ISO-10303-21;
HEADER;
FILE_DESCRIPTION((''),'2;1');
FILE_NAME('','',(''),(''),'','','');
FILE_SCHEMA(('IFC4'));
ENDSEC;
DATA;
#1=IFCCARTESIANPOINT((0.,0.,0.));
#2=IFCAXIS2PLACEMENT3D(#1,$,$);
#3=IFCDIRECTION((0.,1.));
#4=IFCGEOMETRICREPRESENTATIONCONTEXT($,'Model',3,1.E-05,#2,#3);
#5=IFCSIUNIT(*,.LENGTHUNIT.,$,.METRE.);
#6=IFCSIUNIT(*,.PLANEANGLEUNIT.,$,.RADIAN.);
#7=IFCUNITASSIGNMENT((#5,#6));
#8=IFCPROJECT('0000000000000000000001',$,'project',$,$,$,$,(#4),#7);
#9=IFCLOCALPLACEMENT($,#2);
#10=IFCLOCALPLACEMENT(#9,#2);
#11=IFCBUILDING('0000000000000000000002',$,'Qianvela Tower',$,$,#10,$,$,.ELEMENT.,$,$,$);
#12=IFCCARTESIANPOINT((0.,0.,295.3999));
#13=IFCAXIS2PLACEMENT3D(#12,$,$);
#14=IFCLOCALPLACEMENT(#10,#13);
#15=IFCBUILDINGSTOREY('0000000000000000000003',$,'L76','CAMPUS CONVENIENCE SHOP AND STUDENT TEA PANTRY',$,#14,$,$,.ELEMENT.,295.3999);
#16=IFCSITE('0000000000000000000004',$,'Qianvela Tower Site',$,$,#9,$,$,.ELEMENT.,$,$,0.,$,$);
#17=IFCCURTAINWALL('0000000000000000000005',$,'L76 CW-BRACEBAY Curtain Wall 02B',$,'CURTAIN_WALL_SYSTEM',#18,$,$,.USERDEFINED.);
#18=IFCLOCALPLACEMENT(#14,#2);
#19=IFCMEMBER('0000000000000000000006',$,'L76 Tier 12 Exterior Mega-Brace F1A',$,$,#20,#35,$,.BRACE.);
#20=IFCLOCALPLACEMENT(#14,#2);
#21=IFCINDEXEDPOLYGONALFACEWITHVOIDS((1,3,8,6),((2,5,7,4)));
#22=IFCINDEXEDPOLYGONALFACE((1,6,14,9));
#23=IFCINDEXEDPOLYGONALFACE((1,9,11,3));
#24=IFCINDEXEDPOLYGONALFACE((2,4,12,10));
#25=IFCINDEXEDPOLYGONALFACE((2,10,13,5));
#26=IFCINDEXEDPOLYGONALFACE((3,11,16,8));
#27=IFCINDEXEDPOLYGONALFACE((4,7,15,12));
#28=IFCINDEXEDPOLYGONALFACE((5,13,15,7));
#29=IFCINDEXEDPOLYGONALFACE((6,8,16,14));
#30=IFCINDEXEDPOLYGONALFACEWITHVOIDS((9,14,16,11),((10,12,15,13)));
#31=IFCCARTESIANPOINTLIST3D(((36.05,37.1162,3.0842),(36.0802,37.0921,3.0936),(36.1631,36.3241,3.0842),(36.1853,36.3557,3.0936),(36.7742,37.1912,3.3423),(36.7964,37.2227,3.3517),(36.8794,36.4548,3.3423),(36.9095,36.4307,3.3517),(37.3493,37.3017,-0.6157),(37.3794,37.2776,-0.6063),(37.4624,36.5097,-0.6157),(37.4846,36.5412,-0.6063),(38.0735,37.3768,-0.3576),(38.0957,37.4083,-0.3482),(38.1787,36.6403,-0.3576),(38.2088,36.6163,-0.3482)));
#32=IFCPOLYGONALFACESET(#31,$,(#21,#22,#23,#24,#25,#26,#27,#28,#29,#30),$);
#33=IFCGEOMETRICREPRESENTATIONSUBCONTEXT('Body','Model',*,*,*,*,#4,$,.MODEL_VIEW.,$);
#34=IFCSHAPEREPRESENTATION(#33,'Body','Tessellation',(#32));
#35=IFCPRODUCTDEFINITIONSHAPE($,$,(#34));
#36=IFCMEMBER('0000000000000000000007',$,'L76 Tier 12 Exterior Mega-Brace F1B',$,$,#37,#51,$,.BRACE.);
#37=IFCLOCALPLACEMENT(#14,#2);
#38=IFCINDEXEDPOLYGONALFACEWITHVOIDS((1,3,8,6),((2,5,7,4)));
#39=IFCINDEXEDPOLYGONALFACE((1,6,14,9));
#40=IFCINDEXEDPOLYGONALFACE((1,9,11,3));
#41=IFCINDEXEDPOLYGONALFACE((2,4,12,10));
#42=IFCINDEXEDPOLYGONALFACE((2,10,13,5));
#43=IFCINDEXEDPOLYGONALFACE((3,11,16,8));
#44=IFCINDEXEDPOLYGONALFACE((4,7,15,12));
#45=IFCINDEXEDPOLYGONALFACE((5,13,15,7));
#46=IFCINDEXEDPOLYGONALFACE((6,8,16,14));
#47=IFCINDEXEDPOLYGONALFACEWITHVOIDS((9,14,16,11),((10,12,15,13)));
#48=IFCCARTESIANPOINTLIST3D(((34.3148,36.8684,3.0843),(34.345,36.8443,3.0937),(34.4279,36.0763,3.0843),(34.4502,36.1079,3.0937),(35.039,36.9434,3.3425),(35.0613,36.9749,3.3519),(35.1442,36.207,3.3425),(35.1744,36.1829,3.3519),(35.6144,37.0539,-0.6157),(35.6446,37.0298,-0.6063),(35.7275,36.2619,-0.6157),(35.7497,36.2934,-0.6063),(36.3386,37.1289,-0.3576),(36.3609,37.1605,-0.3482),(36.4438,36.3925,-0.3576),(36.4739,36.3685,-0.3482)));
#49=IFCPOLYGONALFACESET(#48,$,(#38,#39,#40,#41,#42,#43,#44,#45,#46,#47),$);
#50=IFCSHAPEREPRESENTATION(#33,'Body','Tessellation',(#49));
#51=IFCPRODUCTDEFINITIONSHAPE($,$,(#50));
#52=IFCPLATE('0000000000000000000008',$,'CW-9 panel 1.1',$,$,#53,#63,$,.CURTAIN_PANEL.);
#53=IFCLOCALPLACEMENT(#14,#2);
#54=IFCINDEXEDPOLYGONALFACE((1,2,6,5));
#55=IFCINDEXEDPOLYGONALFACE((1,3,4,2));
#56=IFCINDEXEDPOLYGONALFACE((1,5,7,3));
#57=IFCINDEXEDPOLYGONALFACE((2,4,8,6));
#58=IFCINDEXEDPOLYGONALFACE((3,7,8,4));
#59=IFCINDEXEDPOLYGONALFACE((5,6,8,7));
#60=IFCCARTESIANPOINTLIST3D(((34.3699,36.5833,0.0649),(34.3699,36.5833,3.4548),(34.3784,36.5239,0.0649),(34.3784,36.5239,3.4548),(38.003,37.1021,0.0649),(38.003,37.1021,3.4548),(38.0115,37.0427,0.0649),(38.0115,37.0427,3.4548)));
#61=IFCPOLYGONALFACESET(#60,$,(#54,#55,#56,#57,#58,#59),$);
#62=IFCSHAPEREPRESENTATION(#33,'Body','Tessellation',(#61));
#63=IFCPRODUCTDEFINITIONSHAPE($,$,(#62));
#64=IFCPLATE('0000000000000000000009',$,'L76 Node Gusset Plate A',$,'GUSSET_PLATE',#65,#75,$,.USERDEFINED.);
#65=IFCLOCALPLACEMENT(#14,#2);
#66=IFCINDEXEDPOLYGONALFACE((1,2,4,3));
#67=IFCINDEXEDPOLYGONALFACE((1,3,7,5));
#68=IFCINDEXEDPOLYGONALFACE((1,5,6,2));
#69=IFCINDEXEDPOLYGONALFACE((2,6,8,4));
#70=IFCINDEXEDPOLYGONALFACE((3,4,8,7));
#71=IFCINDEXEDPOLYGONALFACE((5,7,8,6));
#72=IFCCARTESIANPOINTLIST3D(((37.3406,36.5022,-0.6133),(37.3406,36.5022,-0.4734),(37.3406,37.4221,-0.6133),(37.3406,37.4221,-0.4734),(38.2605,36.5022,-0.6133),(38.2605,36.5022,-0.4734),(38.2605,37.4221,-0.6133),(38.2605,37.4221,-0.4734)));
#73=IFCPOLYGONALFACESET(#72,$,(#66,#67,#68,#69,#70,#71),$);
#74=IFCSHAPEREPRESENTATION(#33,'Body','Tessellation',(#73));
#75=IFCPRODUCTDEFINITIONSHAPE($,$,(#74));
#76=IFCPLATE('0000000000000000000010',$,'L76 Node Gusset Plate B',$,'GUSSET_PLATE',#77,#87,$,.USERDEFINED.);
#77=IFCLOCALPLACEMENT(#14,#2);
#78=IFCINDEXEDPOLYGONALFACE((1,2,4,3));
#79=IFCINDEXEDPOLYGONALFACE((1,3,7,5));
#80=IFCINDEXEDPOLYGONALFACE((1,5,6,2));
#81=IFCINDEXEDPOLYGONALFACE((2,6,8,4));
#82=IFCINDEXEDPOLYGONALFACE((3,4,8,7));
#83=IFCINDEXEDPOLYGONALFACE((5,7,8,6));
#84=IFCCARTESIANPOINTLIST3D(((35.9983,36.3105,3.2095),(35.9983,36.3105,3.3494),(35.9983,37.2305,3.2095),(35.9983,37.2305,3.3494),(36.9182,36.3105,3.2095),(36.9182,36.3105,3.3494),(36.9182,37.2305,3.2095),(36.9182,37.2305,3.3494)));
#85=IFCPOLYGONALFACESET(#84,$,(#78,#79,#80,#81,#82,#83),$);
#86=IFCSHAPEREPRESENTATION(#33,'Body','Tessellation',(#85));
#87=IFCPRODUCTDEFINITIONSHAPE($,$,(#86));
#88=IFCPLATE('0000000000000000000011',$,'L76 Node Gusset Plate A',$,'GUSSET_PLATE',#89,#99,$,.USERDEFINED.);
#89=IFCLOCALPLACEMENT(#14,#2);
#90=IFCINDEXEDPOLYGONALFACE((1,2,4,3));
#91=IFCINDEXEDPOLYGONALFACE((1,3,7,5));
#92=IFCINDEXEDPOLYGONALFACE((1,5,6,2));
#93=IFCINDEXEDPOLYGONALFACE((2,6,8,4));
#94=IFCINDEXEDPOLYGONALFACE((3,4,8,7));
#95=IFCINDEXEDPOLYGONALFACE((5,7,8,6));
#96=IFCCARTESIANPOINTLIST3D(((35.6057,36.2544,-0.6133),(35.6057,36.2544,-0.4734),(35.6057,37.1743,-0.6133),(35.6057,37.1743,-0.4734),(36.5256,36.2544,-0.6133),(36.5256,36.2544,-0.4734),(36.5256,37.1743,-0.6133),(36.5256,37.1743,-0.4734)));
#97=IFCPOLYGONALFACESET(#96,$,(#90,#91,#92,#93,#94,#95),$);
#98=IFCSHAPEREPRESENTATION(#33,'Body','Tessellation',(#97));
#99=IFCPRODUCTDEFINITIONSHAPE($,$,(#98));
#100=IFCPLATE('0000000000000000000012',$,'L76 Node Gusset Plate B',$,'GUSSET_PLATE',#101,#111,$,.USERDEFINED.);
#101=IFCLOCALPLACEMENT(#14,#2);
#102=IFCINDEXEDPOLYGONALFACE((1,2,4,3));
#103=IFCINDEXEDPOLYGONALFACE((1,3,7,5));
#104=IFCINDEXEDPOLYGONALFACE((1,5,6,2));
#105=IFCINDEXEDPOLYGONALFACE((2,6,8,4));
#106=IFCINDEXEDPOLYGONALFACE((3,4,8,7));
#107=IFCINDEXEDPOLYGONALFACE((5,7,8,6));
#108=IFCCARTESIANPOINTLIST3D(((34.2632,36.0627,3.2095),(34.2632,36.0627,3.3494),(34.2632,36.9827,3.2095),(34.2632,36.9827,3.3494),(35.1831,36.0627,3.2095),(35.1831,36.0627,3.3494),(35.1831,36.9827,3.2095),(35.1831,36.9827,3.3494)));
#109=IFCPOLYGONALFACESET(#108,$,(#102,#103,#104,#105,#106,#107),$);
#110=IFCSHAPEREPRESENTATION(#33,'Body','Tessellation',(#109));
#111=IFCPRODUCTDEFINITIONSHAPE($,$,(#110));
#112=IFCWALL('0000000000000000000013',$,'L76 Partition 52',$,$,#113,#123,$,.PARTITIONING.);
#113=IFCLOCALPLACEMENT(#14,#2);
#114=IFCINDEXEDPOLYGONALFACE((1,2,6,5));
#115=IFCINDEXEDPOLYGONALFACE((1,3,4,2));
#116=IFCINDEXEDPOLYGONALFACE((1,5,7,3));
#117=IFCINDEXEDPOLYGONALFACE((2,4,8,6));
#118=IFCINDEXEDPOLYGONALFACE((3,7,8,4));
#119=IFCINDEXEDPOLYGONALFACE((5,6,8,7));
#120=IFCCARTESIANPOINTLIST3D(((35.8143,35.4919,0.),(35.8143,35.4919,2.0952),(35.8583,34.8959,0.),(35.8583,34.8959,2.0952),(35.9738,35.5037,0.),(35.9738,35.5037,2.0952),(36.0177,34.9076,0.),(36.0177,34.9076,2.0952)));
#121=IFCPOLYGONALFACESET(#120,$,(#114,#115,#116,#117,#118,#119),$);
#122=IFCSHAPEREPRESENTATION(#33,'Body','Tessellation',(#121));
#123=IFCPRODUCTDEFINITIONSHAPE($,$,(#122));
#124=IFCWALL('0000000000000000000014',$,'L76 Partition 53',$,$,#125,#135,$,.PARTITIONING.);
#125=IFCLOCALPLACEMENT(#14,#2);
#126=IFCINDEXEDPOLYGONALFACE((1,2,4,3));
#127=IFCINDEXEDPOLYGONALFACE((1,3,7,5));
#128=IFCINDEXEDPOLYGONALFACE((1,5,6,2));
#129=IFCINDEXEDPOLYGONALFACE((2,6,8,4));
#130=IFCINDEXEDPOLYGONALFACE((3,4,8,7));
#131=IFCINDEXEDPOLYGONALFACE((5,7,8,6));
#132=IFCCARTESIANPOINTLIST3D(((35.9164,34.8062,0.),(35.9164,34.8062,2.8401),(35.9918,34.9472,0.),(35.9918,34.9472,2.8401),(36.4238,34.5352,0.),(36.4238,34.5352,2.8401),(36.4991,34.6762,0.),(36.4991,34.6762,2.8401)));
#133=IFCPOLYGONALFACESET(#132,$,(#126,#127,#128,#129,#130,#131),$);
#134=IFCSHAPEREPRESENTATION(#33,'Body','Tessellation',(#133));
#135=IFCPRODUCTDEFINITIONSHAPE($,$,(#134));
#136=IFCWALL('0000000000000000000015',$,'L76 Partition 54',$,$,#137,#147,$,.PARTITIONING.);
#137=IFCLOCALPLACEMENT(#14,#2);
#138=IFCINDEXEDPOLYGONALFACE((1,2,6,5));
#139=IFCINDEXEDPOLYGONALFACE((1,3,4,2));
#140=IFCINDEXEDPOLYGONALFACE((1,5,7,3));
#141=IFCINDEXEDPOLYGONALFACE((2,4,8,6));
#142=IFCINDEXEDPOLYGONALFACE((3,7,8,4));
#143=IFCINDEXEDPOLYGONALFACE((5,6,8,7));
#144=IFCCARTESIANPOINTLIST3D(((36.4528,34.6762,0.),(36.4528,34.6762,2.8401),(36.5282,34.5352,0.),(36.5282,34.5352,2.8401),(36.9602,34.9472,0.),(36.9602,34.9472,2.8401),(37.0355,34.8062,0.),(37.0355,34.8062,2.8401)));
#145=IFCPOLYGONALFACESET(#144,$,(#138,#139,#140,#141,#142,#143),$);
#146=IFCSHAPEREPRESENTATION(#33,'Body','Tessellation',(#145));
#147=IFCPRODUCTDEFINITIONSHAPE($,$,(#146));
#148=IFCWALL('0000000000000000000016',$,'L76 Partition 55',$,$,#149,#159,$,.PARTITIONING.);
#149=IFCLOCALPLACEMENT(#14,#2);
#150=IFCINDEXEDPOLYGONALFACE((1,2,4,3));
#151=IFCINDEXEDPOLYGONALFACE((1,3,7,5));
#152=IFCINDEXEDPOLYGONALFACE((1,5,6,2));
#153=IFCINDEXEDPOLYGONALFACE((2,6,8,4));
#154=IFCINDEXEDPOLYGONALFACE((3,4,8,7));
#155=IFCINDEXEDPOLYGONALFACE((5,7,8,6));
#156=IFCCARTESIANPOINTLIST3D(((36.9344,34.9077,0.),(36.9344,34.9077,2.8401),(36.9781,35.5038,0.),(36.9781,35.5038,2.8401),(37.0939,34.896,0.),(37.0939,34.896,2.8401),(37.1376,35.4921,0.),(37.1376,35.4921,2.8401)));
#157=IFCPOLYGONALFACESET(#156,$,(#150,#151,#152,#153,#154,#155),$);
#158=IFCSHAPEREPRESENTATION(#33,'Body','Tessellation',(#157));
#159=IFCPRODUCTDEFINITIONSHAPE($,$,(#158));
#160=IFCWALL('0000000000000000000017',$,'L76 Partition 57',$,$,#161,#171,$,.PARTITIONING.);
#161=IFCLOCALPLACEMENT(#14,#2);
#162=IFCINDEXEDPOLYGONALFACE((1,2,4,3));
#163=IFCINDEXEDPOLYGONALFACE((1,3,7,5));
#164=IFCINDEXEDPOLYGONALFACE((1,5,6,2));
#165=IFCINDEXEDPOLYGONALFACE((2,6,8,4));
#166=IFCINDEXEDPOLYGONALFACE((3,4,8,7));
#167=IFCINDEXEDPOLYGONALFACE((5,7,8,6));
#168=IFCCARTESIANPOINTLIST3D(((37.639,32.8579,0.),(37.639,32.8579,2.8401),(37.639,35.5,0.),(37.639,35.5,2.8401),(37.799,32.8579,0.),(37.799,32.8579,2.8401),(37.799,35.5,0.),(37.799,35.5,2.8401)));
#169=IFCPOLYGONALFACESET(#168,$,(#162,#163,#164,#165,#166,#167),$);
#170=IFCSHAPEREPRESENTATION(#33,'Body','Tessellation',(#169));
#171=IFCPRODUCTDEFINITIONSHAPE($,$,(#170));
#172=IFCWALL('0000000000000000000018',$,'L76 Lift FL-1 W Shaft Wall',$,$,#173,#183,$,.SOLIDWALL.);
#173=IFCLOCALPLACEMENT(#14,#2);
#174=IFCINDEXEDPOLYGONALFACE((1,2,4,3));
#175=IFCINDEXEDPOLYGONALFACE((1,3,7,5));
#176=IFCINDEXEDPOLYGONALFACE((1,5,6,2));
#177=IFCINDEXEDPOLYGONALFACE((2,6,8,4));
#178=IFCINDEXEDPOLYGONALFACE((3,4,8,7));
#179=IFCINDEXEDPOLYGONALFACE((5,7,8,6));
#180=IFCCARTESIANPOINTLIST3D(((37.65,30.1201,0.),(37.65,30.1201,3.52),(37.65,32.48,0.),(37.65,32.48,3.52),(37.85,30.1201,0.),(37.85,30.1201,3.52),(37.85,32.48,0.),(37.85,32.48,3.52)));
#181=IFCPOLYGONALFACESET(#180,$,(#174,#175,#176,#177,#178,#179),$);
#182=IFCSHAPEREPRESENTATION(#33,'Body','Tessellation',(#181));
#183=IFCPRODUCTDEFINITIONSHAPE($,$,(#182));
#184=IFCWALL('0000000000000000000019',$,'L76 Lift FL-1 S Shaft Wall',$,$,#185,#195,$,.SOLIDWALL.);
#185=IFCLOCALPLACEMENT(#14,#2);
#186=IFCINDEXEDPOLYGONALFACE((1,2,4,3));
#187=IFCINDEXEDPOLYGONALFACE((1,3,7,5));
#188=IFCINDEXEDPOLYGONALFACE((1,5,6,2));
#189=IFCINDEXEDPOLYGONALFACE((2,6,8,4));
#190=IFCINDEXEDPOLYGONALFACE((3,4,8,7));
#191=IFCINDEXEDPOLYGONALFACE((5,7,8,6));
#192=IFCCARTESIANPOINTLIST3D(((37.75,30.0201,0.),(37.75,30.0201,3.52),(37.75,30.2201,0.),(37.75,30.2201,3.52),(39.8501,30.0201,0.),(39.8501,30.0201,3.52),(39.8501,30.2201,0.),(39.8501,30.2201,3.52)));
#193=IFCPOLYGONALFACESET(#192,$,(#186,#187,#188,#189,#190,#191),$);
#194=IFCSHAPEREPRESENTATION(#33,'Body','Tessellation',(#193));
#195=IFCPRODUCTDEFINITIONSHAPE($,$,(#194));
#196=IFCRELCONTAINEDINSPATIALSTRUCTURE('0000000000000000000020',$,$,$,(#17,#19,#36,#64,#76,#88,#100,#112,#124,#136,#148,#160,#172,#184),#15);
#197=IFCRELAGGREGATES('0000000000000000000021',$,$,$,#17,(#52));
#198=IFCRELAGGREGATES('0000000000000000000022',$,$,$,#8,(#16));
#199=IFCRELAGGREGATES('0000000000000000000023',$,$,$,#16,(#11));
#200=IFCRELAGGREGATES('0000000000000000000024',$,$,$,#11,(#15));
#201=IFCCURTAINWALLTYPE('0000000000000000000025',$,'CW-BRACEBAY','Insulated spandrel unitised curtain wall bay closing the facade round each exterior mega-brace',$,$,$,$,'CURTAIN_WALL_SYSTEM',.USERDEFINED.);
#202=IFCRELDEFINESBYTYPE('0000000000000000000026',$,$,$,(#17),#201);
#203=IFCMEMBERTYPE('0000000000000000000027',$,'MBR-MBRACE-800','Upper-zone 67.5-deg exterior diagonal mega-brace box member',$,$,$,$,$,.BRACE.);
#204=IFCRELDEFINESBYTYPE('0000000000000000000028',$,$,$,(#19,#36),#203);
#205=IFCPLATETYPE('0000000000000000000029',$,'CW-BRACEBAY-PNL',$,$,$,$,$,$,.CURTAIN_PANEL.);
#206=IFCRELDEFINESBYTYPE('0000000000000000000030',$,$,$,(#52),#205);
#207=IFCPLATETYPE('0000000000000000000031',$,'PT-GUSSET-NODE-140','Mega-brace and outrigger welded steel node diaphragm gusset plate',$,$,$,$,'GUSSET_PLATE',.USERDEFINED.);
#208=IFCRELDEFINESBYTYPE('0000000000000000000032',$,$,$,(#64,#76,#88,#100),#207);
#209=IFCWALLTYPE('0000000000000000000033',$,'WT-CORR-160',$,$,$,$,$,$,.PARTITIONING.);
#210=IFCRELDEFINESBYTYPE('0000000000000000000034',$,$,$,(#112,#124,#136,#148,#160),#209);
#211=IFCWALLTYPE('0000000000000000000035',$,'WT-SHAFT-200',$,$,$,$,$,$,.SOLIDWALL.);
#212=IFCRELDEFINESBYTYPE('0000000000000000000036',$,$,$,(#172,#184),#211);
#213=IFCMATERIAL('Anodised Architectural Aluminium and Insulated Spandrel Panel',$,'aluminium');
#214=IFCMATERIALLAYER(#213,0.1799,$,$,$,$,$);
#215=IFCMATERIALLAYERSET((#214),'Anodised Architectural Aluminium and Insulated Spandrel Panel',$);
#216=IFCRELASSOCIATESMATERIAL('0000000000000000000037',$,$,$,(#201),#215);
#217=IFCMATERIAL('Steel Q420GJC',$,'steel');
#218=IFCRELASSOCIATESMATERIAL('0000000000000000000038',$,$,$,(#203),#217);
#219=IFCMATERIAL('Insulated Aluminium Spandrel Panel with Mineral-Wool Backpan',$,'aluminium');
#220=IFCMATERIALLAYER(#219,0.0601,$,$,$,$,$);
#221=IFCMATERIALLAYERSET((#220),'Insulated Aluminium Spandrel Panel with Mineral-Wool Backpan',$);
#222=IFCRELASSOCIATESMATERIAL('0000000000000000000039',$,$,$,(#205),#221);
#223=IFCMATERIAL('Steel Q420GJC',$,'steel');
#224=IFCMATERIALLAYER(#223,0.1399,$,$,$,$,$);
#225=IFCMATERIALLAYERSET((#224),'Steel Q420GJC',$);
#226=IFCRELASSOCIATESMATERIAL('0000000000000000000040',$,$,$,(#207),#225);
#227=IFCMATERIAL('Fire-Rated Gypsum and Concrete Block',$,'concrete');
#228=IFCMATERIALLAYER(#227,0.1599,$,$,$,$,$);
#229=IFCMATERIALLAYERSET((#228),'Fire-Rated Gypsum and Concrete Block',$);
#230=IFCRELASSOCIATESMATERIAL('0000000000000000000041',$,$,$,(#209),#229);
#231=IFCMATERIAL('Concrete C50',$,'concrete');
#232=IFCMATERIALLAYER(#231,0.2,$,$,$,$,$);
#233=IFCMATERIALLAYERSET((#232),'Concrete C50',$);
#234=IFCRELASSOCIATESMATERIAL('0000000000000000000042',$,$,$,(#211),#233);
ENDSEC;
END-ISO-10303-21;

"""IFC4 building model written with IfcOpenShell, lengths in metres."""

from ifc_helpers import new_model, si_unit, direction, frame, frame_2d, origin, origin_2d, place, context, subcontext, project, spatial, rectangle, hollow_rectangle, extrude, material, layer, layer_set, material_profile, profile_set, type_object, element, aggregate, save


model = new_model("IFC4")

# Units and contexts
model_context = context("Model", 3, precision=1e-05, world=origin(), true_north=direction((0.0, 1.0)))
body_context = subcontext(model_context, "Body", "Model", "MODEL_VIEW")
ifc_project = project(units=[si_unit("LENGTHUNIT", "METRE"), si_unit("PLANEANGLEUNIT", "RADIAN")], contexts=[model_context])

# Site, building, storey
site_placement = place(None, origin())
site = spatial("IfcSite", under=ifc_project, at=site_placement, Name="Qianvela Tower Site", CompositionType="ELEMENT", RefElevation=0.0)
building_placement = place(site_placement, origin())
building = spatial("IfcBuilding", under=site, at=building_placement, Name="Qianvela Tower", CompositionType="ELEMENT")
storey_placement = place(building_placement, frame((0.0, 0.0, 295.3999)))
storey = spatial("IfcBuildingStorey", under=building, at=storey_placement, Name="L76", Description="CAMPUS CONVENIENCE SHOP AND STUDENT TEA PANTRY", CompositionType="ELEMENT", Elevation=295.3999)

# Curtain wall
ifc_material_1 = material(Name="Anodised Architectural Aluminium and Insulated Spandrel Panel", Category="aluminium")
ifc_layer_1 = layer(ifc_material_1, 0.1799)
ifc_layer_set_1 = layer_set([ifc_layer_1], Name="Anodised Architectural Aluminium and Insulated Spandrel Panel")
curtain_wall_type_1 = type_object("IfcCurtainWallType", Name="CW-BRACEBAY", Description="Insulated spandrel unitised curtain wall bay closing the facade round each exterior mega-brace", ElementType="CURTAIN_WALL_SYSTEM", PredefinedType="USERDEFINED", material=ifc_layer_set_1)
curtain_wall_1_placement = place(storey_placement, origin())
curtain_wall_1 = element("IfcCurtainWall", 1, at=curtain_wall_1_placement, inside=storey, type_object=curtain_wall_type_1, Name="L76 CW-BRACEBAY Curtain Wall 02B", ObjectType="CURTAIN_WALL_SYSTEM", PredefinedType="USERDEFINED")

# Members
ifc_material_2 = material(Name="Steel Q420GJC", Category="steel")
ifc_material_profile_1 = material_profile(ifc_material_2, hollow_rectangle(XDim=0.8, YDim=0.8, WallThickness=0.0281, at=origin_2d()), Name="MBOX-800x800x28")
ifc_profile_set_1 = profile_set([ifc_material_profile_1], Name="Steel Q420GJC")
member_type_1 = type_object("IfcMemberType", Name="MBR-MBRACE-800", Description="Upper-zone 67.5-deg exterior diagonal mega-brace box member", PredefinedType="BRACE", material=ifc_profile_set_1)
member_1_placement = place(storey_placement, frame((37.7791, 36.959, -0.4819), z_axis=(-0.330964, -0.047263, 0.942459), x_axis=(0.141369, -0.989957, 0.0)))
element("IfcMember", 2, at=member_1_placement, inside=storey, type_object=member_type_1, Name="L76 Tier 12 Exterior Mega-Brace F1A", PredefinedType="BRACE", context=body_context, shape_type="SweptSolid", body=[
    extrude(hollow_rectangle(XDim=0.8, YDim=0.8, WallThickness=0.0281, at=origin_2d()), origin(), (0.0, 0.0, 1.0), 3.9258),
])
member_2_placement = place(storey_placement, frame((36.0442, 36.7112, -0.4819), z_axis=(-0.33102, -0.047262, 0.942439), x_axis=(0.141343, -0.989961, 0.0)))
element("IfcMember", 3, at=member_2_placement, inside=storey, type_object=member_type_1, Name="L76 Tier 12 Exterior Mega-Brace F1B", PredefinedType="BRACE", context=body_context, shape_type="SweptSolid", body=[
    extrude(hollow_rectangle(XDim=0.8, YDim=0.8, WallThickness=0.0281, at=origin_2d()), origin(), (0.0, 0.0, 1.0), 3.926),
])

# Plate
ifc_material_3 = material(Name="Insulated Aluminium Spandrel Panel with Mineral-Wool Backpan", Category="aluminium")
ifc_layer_2 = layer(ifc_material_3, 0.0601)
ifc_layer_set_2 = layer_set([ifc_layer_2], Name="Insulated Aluminium Spandrel Panel with Mineral-Wool Backpan")
plate_type_1 = type_object("IfcPlateType", Name="CW-BRACEBAY-PNL", PredefinedType="CURTAIN_PANEL", material=ifc_layer_set_2)
plate_placement = place(storey_placement, frame((36.1907, 36.813, 0.0649), z_axis=(0.0, 0.0, 1.0), x_axis=(-0.989957, -0.14137, 0.0)))
plate = element("IfcPlate", 4, at=plate_placement, type_object=plate_type_1, Name="CW-9 panel 1.1", PredefinedType="CURTAIN_PANEL", context=body_context, shape_type="SweptSolid", body=[
    extrude(rectangle(XDim=3.6699, YDim=0.0601, at=origin_2d()), origin(), (0.0, 0.0, 1.0), 3.3899),
])
aggregate(curtain_wall_1, [plate])

# Plates
ifc_material_4 = material(Name="Steel Q420GJC", Category="steel")
ifc_layer_3 = layer(ifc_material_4, 0.1399)
ifc_layer_set_3 = layer_set([ifc_layer_3], Name="Steel Q420GJC")
plate_type_2 = type_object("IfcPlateType", Name="PT-GUSSET-NODE-140", Description="Mega-brace and outrigger welded steel node diaphragm gusset plate", ElementType="GUSSET_PLATE", PredefinedType="USERDEFINED", material=ifc_layer_set_3)
for number, where, z_axis, x_axis, name in (
    (5, (37.8005, 36.9622, -0.6133), (0.0, 0.0, 1.0), (1.0, 0.0, 0.0), "L76 Node Gusset Plate A"),
    (6, (36.4583, 36.7705, 3.2095), (0.0, 0.0, 1.0), (1.0, 0.0, 0.0), "L76 Node Gusset Plate B"),
    (7, (36.0657, 36.7144, -0.6133), (0.0, 0.0, 1.0), (1.0, 0.0, 0.0), "L76 Node Gusset Plate A"),
    (8, (34.7231, 36.5227, 3.2095), (0.0, 0.0, 1.0), (1.0, 0.0, 0.0), "L76 Node Gusset Plate B"),
):
    element("IfcPlate", number, at=place(storey_placement, frame(where, z_axis=z_axis, x_axis=x_axis)), inside=storey, type_object=plate_type_2, Name=name, ObjectType="GUSSET_PLATE", PredefinedType="USERDEFINED", context=body_context, shape_type="SweptSolid", body=[
        extrude(rectangle(XDim=0.9199, YDim=0.9199, at=origin_2d()), origin(), (0.0, 0.0, 1.0), 0.1399),
    ])

# Walls
ifc_material_5 = material(Name="Fire-Rated Gypsum and Concrete Block", Category="concrete")
ifc_layer_4 = layer(ifc_material_5, 0.1599)
ifc_layer_set_4 = layer_set([ifc_layer_4], Name="Fire-Rated Gypsum and Concrete Block")
wall_type_1 = type_object("IfcWallType", Name="WT-CORR-160", PredefinedType="PARTITIONING", material=ifc_layer_set_4)
wall_1_placement = place(storey_placement, frame((35.894, 35.4978, 0.0), z_axis=(0.0, 0.0, 1.0), x_axis=(0.073541, -0.997292, 0.0)))
element("IfcWall", 9, at=wall_1_placement, inside=storey, type_object=wall_type_1, Name="L76 Partition 52", PredefinedType="PARTITIONING", context=body_context, shape_type="SweptSolid", body=[
    extrude(rectangle(XDim=0.5977, YDim=0.1599, at=frame_2d((0.2988, 0.0))), origin(), (0.0, 0.0, 1.0), 2.0952),
])
for number, where, z_axis, x_axis, name in (
    (10, (35.9541, 34.8767, 0.0), (0.0, 0.0, 1.0), (0.882047, -0.471161, 0.0), "L76 Partition 53"),
    (11, (36.4905, 34.6057, 0.0), (0.0, 0.0, 1.0), (0.882047, 0.471161, 0.0), "L76 Partition 54"),
):
    element("IfcWall", number, at=place(storey_placement, frame(where, z_axis=z_axis, x_axis=x_axis)), inside=storey, type_object=wall_type_1, Name=name, PredefinedType="PARTITIONING", context=body_context, shape_type="SweptSolid", body=[
        extrude(rectangle(XDim=0.5752, YDim=0.1599, at=frame_2d((0.2876, 0.0))), origin(), (0.0, 0.0, 1.0), 2.8401),
    ])
wall_2_placement = place(storey_placement, frame((37.0142, 34.9019, 0.0), z_axis=(0.0, 0.0, 1.0), x_axis=(0.073134, 0.997322, 0.0)))
element("IfcWall", 12, at=wall_2_placement, inside=storey, type_object=wall_type_1, Name="L76 Partition 55", PredefinedType="PARTITIONING", context=body_context, shape_type="SweptSolid", body=[
    extrude(rectangle(XDim=0.5977, YDim=0.1599, at=frame_2d((0.2988, 0.0))), origin(), (0.0, 0.0, 1.0), 2.8401),
])
wall_3_placement = place(storey_placement, frame((37.719, 35.5, 0.0), z_axis=(0.0, 0.0, 1.0), x_axis=(0.0, -1.0, 0.0)))
element("IfcWall", 13, at=wall_3_placement, inside=storey, type_object=wall_type_1, Name="L76 Partition 57", PredefinedType="PARTITIONING", context=body_context, shape_type="SweptSolid", body=[
    extrude(rectangle(XDim=2.6421, YDim=0.1599, at=frame_2d((1.321, 0.0))), origin(), (0.0, 0.0, 1.0), 2.8401),
])
ifc_material_6 = material(Name="Concrete C50", Category="concrete")
ifc_layer_5 = layer(ifc_material_6, 0.2)
ifc_layer_set_5 = layer_set([ifc_layer_5], Name="Concrete C50")
wall_type_2 = type_object("IfcWallType", Name="WT-SHAFT-200", PredefinedType="SOLIDWALL", material=ifc_layer_set_5)
wall_4_placement = place(storey_placement, frame((37.75, 30.1201, 0.0), z_axis=(0.0, 0.0, 1.0), x_axis=(0.0, 1.0, 0.0)))
element("IfcWall", 14, at=wall_4_placement, inside=storey, type_object=wall_type_2, Name="L76 Lift FL-1 W Shaft Wall", PredefinedType="SOLIDWALL", context=body_context, shape_type="SweptSolid", body=[
    extrude(rectangle(XDim=2.3599, YDim=0.2, at=frame_2d((1.1799, 0.0))), origin(), (0.0, 0.0, 1.0), 3.52),
])
wall_5_placement = place(storey_placement, frame((37.75, 30.1201, 0.0), z_axis=(0.0, 0.0, 1.0), x_axis=(1.0, 0.0, 0.0)))
element("IfcWall", 15, at=wall_5_placement, inside=storey, type_object=wall_type_2, Name="L76 Lift FL-1 S Shaft Wall", PredefinedType="SOLIDWALL", context=body_context, shape_type="SweptSolid", body=[
    extrude(rectangle(XDim=2.1001, YDim=0.2, at=frame_2d((1.05, 0.0))), origin(), (0.0, 0.0, 1.0), 3.52),
])

save(model, "model.ifc")
